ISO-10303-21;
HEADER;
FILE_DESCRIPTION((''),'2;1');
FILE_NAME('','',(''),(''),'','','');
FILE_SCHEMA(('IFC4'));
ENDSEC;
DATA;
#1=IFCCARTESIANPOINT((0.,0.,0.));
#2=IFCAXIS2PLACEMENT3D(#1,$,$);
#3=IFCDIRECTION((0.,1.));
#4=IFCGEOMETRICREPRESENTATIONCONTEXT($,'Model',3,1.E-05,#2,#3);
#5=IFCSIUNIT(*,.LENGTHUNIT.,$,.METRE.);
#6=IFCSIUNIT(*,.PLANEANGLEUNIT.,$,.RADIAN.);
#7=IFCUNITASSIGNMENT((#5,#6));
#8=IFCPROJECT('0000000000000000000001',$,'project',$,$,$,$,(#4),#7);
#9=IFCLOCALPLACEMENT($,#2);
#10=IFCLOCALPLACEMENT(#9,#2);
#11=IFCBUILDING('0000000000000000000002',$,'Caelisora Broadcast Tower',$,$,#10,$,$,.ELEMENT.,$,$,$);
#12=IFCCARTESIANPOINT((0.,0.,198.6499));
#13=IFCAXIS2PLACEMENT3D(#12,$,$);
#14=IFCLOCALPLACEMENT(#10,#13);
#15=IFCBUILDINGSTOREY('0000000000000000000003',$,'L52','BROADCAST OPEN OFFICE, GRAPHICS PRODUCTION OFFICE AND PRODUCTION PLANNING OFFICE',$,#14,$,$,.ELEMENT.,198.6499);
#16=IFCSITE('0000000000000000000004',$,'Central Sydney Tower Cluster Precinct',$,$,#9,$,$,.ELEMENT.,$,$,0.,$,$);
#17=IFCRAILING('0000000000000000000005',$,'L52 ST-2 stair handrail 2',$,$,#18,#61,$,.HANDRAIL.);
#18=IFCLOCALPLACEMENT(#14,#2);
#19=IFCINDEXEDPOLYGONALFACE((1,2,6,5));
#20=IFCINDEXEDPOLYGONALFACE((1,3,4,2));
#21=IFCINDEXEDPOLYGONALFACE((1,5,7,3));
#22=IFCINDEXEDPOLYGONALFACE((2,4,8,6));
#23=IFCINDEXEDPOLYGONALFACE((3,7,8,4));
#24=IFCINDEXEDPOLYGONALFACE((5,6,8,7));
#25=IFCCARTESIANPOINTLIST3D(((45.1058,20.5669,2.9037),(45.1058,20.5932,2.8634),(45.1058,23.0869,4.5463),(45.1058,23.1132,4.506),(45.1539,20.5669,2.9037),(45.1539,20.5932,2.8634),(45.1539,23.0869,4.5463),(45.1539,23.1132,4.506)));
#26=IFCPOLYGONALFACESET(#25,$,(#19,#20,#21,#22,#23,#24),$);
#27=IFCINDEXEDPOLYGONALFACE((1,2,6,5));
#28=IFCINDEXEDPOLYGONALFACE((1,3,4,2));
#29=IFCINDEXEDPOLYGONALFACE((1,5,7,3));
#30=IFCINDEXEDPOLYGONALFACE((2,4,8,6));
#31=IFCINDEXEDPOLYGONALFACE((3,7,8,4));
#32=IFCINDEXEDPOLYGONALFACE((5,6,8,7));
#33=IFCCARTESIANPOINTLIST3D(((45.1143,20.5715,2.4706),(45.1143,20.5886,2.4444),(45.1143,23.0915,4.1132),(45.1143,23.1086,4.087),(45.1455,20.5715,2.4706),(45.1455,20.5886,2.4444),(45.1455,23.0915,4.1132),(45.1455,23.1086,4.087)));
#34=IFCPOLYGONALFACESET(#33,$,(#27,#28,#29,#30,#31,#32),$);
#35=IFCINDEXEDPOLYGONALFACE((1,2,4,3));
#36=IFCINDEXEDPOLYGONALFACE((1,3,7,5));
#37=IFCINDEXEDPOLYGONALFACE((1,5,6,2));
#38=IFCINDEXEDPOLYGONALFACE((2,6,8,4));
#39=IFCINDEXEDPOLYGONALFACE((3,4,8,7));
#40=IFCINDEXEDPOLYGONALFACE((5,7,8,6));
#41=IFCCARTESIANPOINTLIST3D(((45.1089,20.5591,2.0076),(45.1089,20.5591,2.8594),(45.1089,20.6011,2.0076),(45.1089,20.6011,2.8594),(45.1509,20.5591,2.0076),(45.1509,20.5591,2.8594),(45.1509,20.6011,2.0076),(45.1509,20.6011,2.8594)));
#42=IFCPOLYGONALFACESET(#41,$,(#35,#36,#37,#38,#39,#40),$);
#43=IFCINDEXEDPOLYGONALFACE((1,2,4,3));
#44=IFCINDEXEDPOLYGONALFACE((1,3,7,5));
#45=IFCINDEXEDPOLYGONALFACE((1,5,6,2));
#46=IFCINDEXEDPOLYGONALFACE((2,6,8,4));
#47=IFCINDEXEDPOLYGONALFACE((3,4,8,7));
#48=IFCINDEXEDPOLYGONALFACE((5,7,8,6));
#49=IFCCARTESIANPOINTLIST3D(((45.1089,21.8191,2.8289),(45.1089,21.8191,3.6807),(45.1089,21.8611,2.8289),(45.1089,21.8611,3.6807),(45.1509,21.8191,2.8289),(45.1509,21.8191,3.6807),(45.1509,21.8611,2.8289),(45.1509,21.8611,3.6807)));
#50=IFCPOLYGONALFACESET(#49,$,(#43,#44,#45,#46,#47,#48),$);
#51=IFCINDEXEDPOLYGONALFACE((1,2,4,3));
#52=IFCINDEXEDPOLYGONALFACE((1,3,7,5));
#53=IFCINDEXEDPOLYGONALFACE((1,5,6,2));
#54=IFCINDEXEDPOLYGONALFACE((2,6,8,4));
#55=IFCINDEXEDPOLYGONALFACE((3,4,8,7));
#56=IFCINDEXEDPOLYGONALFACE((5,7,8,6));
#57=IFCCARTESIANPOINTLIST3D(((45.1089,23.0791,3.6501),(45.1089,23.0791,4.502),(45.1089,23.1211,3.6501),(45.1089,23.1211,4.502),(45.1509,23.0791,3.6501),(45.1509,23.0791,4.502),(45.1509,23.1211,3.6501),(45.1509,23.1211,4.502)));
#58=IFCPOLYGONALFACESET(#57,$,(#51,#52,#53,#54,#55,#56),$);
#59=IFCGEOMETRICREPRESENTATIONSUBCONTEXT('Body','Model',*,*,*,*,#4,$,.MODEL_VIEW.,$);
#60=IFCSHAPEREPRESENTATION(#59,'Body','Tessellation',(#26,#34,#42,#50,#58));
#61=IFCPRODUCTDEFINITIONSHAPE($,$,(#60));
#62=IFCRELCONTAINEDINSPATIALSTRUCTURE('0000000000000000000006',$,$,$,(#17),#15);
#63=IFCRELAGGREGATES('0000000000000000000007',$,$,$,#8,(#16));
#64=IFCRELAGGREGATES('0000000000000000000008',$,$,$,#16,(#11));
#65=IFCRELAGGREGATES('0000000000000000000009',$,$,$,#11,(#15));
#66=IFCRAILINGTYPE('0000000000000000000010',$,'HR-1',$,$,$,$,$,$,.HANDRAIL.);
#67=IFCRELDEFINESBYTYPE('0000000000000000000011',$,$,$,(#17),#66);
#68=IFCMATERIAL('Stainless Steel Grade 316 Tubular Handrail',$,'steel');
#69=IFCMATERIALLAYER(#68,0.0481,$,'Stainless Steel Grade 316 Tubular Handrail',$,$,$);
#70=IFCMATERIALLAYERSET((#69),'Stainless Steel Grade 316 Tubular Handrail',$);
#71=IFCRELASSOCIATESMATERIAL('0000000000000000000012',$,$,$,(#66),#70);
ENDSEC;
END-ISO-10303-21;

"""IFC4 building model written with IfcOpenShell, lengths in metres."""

from ifc_helpers import new_model, si_unit, direction, frame, origin, origin_2d, place, context, subcontext, project, spatial, rectangle, extrude, material, layer, layer_set, type_object, element, save


model = new_model("IFC4")

# Units and contexts
model_context = context("Model", 3, precision=1e-05, world=origin(), true_north=direction((0.0, 1.0)))
body_context = subcontext(model_context, "Body", "Model", "MODEL_VIEW")
ifc_project = project(units=[si_unit("LENGTHUNIT", "METRE"), si_unit("PLANEANGLEUNIT", "RADIAN")], contexts=[model_context])

# Site, building, storey
site_placement = place(None, origin())
site = spatial("IfcSite", under=ifc_project, at=site_placement, Name="Central Sydney Tower Cluster Precinct", CompositionType="ELEMENT", RefElevation=0.0)
building_placement = place(site_placement, origin())
building = spatial("IfcBuilding", under=site, at=building_placement, Name="Caelisora Broadcast Tower", CompositionType="ELEMENT")
storey_placement = place(building_placement, frame((0.0, 0.0, 198.6499)))
storey = spatial("IfcBuildingStorey", under=building, at=storey_placement, Name="L52", Description="BROADCAST OPEN OFFICE, GRAPHICS PRODUCTION OFFICE AND PRODUCTION PLANNING OFFICE", CompositionType="ELEMENT", Elevation=198.6499)

# Railing
ifc_material_1 = material(Name="Stainless Steel Grade 316 Tubular Handrail", Category="steel")
ifc_layer_1 = layer(ifc_material_1, 0.0481, Name="Stainless Steel Grade 316 Tubular Handrail")
ifc_layer_set_1 = layer_set([ifc_layer_1], Name="Stainless Steel Grade 316 Tubular Handrail")
railing_type_1 = type_object("IfcRailingType", Name="HR-1", PredefinedType="HANDRAIL", material=ifc_layer_set_1)
railing_1_placement = place(storey_placement, frame((45.1299, 20.5801, 2.0076)))
element("IfcRailing", 1, at=railing_1_placement, inside=storey, type_object=railing_type_1, Name="L52 ST-2 stair handrail 2", PredefinedType="HANDRAIL", context=body_context, shape_type="SweptSolid", body=[
    extrude(rectangle(XDim=0.0481, YDim=0.0481, at=origin_2d()), frame((0.0, 0.0, 0.876), z_axis=(0.0, 0.837749, 0.546055), x_axis=(-1.0, 0.0, 0.0)), (0.0, 0.0, 1.0), 3.0081),
    extrude(rectangle(XDim=0.0312, YDim=0.0312, at=origin_2d()), frame((0.0, 0.0, 0.45), z_axis=(0.0, 0.837749, 0.546055), x_axis=(-1.0, 0.0, 0.0)), (0.0, 0.0, 1.0), 3.0081),
    extrude(rectangle(XDim=0.042, YDim=0.042, at=origin_2d()), origin(), (0.0, 0.0, 1.0), 0.8518),
    extrude(rectangle(XDim=0.042, YDim=0.042, at=origin_2d()), frame((0.0, 1.26, 0.8213)), (0.0, 0.0, 1.0), 0.8518),
    extrude(rectangle(XDim=0.042, YDim=0.042, at=origin_2d()), frame((0.0, 2.52, 1.6426)), (0.0, 0.0, 1.0), 0.8518),
])

save(model, "model.ifc")
